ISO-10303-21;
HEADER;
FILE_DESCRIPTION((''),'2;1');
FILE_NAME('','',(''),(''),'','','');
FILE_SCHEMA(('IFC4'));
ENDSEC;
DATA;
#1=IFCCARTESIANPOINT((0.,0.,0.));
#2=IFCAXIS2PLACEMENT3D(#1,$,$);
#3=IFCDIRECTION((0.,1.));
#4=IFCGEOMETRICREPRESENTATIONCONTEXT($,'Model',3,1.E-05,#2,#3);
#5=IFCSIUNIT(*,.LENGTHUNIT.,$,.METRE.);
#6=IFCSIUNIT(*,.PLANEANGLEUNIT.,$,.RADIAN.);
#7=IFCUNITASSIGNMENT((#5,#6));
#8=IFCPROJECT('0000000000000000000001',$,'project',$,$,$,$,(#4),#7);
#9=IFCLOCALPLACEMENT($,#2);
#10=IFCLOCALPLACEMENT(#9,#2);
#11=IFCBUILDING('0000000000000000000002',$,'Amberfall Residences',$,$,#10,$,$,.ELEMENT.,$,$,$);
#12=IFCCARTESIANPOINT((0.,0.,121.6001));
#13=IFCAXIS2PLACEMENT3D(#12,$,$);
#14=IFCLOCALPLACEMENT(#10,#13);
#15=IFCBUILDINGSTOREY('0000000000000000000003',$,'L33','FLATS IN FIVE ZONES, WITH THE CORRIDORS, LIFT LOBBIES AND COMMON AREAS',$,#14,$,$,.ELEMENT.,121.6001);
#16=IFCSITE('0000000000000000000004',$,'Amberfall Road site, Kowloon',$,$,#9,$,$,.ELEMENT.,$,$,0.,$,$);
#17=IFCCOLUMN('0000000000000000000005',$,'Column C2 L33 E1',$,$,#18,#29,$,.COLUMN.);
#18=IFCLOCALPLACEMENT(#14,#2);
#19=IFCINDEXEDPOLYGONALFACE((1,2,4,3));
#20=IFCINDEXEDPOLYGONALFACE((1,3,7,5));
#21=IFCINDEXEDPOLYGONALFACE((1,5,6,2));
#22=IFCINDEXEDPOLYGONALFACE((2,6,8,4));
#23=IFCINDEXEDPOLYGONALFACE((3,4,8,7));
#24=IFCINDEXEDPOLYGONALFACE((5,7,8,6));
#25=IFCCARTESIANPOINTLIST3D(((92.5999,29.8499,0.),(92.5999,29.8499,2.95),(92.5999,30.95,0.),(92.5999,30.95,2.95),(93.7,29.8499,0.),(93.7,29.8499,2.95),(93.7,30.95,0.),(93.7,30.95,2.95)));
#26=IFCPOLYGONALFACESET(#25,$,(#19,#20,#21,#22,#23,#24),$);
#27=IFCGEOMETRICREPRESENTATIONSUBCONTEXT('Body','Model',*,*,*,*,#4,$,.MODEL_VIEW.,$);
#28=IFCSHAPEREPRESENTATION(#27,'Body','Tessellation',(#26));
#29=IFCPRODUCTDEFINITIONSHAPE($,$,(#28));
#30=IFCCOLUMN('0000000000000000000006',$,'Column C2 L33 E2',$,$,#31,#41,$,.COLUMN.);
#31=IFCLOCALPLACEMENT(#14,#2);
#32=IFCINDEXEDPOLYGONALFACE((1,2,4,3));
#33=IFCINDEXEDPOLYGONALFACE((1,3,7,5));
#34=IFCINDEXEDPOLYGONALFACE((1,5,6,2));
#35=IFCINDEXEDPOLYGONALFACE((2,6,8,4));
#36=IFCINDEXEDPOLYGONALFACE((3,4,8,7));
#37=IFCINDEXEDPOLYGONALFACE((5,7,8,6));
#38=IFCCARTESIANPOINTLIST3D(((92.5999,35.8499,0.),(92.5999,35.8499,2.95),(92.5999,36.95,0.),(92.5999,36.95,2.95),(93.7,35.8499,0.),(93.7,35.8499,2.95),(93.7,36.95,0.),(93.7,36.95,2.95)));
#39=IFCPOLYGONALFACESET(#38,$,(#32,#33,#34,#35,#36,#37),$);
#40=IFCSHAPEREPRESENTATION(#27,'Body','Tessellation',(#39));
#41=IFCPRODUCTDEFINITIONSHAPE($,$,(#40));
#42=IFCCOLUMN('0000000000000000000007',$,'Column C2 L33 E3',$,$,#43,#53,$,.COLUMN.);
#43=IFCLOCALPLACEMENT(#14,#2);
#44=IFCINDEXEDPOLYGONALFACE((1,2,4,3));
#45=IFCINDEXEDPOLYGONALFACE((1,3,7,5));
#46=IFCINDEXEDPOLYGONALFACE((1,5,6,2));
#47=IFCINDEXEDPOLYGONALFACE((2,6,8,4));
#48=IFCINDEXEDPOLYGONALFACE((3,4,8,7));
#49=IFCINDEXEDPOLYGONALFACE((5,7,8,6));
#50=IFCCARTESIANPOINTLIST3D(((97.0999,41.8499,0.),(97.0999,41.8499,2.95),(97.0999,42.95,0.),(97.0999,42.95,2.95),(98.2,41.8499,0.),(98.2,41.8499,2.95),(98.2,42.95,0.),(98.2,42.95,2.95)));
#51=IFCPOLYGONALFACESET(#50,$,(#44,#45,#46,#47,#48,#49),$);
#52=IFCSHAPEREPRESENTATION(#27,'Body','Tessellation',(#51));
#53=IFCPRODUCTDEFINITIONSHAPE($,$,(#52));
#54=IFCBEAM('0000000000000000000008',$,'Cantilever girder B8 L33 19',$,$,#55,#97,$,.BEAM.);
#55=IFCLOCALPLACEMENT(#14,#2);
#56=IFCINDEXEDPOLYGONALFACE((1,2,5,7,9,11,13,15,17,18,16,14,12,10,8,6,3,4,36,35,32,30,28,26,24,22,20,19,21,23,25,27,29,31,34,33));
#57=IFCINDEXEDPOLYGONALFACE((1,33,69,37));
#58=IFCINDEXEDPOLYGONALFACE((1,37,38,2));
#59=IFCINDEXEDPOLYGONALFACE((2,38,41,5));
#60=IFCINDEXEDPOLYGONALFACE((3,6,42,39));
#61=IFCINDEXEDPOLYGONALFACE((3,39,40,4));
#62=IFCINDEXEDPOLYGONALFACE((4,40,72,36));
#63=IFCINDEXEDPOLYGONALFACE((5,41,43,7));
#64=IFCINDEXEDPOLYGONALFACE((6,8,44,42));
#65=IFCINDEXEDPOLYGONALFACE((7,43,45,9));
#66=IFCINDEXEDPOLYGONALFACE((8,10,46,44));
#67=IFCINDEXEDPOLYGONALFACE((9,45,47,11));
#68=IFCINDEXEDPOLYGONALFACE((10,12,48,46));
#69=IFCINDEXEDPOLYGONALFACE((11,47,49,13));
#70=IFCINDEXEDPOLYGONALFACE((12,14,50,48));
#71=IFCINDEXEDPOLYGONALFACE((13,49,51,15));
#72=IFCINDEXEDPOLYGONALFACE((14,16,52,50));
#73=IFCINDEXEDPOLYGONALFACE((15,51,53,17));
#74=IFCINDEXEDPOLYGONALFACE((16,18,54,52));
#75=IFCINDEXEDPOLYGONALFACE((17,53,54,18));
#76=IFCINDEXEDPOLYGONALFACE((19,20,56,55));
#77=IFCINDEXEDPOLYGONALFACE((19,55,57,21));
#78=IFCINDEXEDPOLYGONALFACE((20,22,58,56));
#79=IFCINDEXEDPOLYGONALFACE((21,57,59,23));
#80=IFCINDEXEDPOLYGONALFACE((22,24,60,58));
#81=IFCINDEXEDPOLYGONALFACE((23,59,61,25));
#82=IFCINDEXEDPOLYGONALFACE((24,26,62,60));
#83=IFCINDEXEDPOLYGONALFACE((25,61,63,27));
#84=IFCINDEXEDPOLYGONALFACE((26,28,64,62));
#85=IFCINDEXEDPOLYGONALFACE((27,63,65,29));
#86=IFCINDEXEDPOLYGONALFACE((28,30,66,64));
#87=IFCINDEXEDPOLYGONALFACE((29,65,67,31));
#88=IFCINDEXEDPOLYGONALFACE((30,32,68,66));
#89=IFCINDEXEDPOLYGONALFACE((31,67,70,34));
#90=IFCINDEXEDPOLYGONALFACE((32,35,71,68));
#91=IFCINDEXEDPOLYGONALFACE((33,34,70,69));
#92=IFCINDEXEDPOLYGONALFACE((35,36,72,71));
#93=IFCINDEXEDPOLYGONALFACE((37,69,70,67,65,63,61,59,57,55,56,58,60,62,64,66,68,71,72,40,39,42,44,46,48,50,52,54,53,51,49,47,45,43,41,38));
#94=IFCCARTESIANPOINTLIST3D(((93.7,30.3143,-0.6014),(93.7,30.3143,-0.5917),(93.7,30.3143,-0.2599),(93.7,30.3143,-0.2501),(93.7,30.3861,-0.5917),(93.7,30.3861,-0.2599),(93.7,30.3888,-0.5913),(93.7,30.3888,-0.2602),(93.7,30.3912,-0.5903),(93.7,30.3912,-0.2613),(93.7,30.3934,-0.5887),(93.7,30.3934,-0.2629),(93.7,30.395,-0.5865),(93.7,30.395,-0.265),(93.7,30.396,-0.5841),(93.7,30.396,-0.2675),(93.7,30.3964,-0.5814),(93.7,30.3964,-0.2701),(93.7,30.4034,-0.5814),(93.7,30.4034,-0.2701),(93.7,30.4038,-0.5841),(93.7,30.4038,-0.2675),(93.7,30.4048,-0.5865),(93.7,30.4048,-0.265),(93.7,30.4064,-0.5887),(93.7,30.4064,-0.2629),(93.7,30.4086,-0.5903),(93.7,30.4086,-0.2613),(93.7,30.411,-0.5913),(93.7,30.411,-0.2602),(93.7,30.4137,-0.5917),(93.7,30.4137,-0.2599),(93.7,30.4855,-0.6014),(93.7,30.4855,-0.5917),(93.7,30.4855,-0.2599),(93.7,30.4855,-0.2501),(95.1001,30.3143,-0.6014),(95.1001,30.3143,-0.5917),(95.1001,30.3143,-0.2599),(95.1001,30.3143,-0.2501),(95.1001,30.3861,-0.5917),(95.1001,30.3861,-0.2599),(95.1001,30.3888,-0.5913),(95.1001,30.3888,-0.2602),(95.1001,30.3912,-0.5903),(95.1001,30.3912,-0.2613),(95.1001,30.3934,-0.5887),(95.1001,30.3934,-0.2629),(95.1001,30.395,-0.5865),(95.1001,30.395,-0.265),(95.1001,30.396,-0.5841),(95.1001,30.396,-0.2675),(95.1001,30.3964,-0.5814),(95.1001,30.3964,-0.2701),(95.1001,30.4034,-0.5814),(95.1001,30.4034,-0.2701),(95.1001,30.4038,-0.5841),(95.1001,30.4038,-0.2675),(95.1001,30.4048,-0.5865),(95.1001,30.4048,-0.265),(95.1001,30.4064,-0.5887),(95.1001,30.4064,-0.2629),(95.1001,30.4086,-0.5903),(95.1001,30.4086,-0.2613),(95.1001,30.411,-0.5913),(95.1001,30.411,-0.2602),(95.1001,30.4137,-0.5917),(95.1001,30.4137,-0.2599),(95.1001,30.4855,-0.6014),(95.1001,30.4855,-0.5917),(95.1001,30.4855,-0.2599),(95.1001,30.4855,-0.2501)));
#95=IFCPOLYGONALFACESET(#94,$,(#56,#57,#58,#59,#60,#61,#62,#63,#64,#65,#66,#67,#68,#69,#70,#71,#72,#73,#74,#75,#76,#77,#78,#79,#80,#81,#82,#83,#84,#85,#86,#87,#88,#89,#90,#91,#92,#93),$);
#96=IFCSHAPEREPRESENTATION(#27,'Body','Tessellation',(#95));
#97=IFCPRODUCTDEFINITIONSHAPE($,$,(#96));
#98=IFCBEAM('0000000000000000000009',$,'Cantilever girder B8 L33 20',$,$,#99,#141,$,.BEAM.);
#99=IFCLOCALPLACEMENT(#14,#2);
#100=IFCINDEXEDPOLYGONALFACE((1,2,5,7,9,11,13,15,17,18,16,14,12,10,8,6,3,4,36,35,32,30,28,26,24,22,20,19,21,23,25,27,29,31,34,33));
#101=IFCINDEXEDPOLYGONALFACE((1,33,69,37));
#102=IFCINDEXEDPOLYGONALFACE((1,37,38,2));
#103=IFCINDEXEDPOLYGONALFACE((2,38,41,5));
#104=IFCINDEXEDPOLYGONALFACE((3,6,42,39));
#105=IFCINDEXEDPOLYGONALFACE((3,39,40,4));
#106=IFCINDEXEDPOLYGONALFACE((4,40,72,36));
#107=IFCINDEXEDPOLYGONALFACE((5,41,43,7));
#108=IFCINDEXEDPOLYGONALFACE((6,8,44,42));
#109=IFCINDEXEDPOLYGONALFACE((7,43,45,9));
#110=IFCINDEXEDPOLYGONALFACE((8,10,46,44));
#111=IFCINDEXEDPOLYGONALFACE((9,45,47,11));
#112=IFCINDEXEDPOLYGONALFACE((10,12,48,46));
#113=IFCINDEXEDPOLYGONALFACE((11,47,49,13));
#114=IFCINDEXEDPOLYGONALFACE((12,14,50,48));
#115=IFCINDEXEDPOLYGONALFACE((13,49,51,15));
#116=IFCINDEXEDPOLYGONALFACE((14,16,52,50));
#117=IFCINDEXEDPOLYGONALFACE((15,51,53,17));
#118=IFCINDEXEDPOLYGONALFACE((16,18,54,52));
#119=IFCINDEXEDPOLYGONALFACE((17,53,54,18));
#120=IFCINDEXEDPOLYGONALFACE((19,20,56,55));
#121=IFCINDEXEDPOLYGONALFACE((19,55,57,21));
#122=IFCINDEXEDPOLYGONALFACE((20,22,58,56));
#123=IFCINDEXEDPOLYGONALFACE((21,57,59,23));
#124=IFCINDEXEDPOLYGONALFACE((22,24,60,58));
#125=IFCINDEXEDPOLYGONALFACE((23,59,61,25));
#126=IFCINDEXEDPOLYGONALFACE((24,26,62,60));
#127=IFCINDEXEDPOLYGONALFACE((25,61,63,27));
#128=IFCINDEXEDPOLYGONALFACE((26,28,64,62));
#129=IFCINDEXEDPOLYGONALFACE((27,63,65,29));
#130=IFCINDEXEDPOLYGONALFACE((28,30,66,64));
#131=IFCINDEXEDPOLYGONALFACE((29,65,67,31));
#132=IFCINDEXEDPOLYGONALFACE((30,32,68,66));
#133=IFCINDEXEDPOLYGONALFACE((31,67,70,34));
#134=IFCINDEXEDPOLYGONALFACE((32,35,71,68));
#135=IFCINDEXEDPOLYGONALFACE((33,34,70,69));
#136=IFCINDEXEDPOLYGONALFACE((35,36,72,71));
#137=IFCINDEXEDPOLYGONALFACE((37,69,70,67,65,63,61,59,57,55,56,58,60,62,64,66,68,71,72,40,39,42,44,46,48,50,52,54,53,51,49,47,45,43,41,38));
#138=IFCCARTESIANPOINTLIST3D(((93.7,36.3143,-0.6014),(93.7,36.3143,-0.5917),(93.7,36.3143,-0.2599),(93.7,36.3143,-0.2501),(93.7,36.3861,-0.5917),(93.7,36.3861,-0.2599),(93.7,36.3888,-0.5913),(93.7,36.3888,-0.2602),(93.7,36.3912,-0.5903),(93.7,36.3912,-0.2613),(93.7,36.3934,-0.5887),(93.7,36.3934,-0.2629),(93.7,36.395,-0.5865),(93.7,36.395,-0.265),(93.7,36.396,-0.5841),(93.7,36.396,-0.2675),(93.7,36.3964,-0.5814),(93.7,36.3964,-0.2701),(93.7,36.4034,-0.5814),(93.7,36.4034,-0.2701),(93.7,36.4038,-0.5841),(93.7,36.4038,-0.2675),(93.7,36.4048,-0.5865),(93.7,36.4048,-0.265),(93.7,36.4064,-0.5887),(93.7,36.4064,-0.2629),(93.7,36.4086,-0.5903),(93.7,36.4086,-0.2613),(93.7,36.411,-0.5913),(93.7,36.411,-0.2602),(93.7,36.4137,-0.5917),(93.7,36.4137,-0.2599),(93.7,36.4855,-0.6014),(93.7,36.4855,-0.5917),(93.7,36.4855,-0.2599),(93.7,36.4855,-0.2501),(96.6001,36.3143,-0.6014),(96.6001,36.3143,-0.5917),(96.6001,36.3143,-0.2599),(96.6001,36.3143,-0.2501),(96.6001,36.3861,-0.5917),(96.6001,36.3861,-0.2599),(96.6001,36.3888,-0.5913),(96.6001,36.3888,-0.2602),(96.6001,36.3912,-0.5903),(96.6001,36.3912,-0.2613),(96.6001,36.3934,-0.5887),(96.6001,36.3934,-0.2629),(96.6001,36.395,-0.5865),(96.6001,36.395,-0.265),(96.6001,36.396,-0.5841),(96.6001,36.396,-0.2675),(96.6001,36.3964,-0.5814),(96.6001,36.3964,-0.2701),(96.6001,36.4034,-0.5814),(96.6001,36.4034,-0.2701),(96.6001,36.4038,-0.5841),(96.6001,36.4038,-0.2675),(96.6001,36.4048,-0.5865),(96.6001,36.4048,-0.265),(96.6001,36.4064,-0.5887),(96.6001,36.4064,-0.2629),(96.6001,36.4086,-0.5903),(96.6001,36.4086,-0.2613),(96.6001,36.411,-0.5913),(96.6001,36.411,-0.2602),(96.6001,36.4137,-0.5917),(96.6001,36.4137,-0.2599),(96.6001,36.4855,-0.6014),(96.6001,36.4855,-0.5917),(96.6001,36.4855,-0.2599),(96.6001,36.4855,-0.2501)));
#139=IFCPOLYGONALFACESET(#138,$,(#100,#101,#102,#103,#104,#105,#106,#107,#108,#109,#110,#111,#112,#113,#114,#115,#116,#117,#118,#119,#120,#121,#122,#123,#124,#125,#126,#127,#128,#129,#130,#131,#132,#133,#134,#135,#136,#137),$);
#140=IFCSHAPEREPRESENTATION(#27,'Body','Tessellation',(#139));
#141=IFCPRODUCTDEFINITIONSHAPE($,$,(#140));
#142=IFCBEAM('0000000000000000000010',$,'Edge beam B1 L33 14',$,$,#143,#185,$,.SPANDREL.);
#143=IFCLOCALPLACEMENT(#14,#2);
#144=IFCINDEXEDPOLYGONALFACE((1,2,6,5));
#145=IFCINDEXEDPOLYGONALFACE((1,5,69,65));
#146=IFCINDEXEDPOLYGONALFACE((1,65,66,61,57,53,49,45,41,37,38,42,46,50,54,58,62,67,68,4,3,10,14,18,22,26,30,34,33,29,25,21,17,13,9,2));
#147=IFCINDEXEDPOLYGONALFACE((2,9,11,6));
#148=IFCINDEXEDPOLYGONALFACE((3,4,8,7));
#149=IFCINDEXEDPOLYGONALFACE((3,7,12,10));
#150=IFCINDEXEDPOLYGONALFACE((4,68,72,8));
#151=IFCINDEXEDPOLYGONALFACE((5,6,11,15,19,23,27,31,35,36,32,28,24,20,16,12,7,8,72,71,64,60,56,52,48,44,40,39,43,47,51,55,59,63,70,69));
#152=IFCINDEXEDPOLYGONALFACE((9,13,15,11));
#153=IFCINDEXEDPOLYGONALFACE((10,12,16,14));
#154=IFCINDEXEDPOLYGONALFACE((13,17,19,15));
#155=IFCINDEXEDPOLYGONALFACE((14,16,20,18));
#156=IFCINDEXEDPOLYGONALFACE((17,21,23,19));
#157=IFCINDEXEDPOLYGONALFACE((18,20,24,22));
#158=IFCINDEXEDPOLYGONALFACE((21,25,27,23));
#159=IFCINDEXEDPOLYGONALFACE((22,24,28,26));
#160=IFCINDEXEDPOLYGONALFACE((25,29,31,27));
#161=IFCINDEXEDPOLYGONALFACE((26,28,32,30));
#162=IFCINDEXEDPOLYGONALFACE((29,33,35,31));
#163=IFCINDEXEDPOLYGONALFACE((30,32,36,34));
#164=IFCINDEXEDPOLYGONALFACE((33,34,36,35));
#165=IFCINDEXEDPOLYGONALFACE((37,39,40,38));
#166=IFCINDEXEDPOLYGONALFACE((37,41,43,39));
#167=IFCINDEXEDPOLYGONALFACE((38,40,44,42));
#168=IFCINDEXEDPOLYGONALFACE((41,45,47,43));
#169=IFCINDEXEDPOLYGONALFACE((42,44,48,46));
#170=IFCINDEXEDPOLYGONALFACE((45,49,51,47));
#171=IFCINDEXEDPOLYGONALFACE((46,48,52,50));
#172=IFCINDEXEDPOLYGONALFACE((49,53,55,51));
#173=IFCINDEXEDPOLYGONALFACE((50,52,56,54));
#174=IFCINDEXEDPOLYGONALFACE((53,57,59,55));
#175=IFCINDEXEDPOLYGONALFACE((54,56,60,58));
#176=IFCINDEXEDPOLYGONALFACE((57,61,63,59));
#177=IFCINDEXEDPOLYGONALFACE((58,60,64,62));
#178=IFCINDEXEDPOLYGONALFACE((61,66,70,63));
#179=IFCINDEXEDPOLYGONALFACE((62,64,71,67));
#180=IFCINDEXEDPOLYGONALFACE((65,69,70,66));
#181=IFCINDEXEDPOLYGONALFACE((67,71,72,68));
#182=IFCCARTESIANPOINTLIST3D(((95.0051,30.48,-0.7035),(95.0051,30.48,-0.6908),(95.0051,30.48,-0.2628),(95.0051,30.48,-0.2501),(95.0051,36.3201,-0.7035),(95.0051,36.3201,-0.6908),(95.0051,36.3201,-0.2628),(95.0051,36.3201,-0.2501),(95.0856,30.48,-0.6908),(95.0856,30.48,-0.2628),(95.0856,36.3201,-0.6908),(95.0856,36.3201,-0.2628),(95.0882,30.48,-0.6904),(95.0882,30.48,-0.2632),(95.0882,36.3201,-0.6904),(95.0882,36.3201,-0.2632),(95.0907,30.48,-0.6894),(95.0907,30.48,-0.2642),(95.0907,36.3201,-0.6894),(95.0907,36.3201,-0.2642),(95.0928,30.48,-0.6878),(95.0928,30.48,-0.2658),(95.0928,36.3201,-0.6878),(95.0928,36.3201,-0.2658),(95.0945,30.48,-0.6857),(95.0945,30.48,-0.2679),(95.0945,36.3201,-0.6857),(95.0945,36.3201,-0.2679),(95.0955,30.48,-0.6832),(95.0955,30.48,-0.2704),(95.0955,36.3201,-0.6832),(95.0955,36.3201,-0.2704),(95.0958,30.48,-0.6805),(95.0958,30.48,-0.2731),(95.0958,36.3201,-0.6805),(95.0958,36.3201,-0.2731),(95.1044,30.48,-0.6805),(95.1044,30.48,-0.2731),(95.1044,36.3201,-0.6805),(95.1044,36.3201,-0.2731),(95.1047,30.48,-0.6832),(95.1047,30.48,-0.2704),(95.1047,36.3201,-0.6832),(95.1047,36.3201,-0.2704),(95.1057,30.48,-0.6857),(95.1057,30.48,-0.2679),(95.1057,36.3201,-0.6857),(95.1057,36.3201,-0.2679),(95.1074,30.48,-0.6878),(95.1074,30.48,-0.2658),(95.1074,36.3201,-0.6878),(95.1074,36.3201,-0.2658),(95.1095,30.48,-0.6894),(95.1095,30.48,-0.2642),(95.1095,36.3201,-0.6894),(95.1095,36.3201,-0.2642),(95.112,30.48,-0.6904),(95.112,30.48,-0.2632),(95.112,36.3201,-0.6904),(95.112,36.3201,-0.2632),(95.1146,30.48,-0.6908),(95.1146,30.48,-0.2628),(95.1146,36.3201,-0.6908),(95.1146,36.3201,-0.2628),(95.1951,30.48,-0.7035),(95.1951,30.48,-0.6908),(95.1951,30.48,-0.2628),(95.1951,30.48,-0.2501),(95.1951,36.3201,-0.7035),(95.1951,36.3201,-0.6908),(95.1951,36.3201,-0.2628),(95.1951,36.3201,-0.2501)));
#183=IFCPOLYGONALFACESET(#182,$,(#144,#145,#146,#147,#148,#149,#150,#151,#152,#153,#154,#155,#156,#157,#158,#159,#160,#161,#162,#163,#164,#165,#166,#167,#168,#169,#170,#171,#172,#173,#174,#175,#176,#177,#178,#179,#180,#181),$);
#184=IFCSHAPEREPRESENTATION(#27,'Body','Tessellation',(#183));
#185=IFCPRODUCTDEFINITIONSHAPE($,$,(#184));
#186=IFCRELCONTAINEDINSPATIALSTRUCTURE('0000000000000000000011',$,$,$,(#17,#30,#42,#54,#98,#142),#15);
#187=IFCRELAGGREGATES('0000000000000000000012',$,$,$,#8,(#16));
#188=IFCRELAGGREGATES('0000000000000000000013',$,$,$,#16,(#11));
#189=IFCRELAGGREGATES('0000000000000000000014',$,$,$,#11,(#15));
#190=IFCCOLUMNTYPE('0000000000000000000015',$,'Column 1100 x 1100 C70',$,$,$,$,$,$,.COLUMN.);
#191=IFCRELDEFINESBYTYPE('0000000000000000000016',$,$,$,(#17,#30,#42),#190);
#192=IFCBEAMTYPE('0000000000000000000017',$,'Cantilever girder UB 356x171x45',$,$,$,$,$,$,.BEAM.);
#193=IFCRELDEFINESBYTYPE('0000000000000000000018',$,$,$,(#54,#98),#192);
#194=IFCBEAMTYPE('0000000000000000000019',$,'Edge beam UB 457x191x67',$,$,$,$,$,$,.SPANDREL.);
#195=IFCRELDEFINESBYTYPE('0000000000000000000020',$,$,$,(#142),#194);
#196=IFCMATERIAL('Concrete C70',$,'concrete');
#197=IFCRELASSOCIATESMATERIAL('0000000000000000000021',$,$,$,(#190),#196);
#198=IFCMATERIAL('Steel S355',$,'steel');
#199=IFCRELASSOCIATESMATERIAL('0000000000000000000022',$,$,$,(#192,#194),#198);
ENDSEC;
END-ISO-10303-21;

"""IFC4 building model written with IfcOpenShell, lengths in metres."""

from ifc_helpers import new_model, si_unit, direction, frame, origin, origin_2d, place, context, subcontext, project, spatial, rectangle, i_section, extrude, material, material_profile, profile_set, type_object, element, save


model = new_model("IFC4")

# Units and contexts
model_context = context("Model", 3, precision=1e-05, world=origin(), true_north=direction((0.0, 1.0)))
body_context = subcontext(model_context, "Body", "Model", "MODEL_VIEW")
ifc_project = project(units=[si_unit("LENGTHUNIT", "METRE"), si_unit("PLANEANGLEUNIT", "RADIAN")], contexts=[model_context])

# Site, building, storey
site_placement = place(None, origin())
site = spatial("IfcSite", under=ifc_project, at=site_placement, Name="Amberfall Road site, Kowloon", CompositionType="ELEMENT", RefElevation=0.0)
building_placement = place(site_placement, origin())
building = spatial("IfcBuilding", under=site, at=building_placement, Name="Amberfall Residences", CompositionType="ELEMENT")
storey_placement = place(building_placement, frame((0.0, 0.0, 121.6001)))
storey = spatial("IfcBuildingStorey", under=building, at=storey_placement, Name="L33", Description="FLATS IN FIVE ZONES, WITH THE CORRIDORS, LIFT LOBBIES AND COMMON AREAS", CompositionType="ELEMENT", Elevation=121.6001)

# Columns
ifc_material_1 = material(Name="Concrete C70", Category="concrete")
ifc_material_profile_1 = material_profile(ifc_material_1, rectangle(XDim=1.1001, YDim=1.1001, at=origin_2d()), Name="Column 1100 x 1100 C70")
ifc_profile_set_1 = profile_set([ifc_material_profile_1], Name="Concrete C70")
column_type = type_object("IfcColumnType", Name="Column 1100 x 1100 C70", PredefinedType="COLUMN", material=ifc_profile_set_1)
for number, where, z_axis, x_axis, name in (
    (1, (93.1499, 30.3999, 0.0), (0.0, 0.0, 1.0), (1.0, 0.0, 0.0), "Column C2 L33 E1"),
    (2, (93.1499, 36.3999, 0.0), (0.0, 0.0, 1.0), (1.0, 0.0, 0.0), "Column C2 L33 E2"),
    (3, (97.6499, 42.3999, 0.0), (0.0, 0.0, 1.0), (1.0, 0.0, 0.0), "Column C2 L33 E3"),
):
    element("IfcColumn", number, at=place(storey_placement, frame(where, z_axis=z_axis, x_axis=x_axis)), inside=storey, type_object=column_type, Name=name, PredefinedType="COLUMN", context=body_context, shape_type="SweptSolid", body=[
        extrude(rectangle(XDim=1.1001, YDim=1.1001, at=origin_2d()), origin(), (0.0, 0.0, 1.0), 2.95),
    ])

# Beams
ifc_material_2 = material(Name="Steel S355", Category="steel")
ifc_material_profile_2 = material_profile(ifc_material_2, i_section(OverallWidth=0.1711, OverallDepth=0.3513, WebThickness=0.0071, FlangeThickness=0.0098, FilletRadius=0.0103, at=origin_2d()), Name="UB 356x171x45")
ifc_profile_set_2 = profile_set([ifc_material_profile_2], Name="Steel S355")
beam_type_1 = type_object("IfcBeamType", Name="Cantilever girder UB 356x171x45", PredefinedType="BEAM", material=ifc_profile_set_2)
beam_1_placement = place(storey_placement, frame((93.7, 30.3999, -0.4258), z_axis=(1.0, 0.0, 0.0), x_axis=(0.0, 1.0, 0.0)))
element("IfcBeam", 4, at=beam_1_placement, inside=storey, type_object=beam_type_1, Name="Cantilever girder B8 L33 19", PredefinedType="BEAM", context=body_context, shape_type="SweptSolid", body=[
    extrude(i_section(OverallWidth=0.1711, OverallDepth=0.3513, WebThickness=0.0071, FlangeThickness=0.0098, FilletRadius=0.0103, at=origin_2d()), origin(), (0.0, 0.0, 1.0), 1.4001),
])
beam_2_placement = place(storey_placement, frame((93.7, 36.3999, -0.4258), z_axis=(1.0, 0.0, 0.0), x_axis=(0.0, 1.0, 0.0)))
element("IfcBeam", 5, at=beam_2_placement, inside=storey, type_object=beam_type_1, Name="Cantilever girder B8 L33 20", PredefinedType="BEAM", context=body_context, shape_type="SweptSolid", body=[
    extrude(i_section(OverallWidth=0.1711, OverallDepth=0.3513, WebThickness=0.0071, FlangeThickness=0.0098, FilletRadius=0.0103, at=origin_2d()), origin(), (0.0, 0.0, 1.0), 2.9001),
])
ifc_material_profile_3 = material_profile(ifc_material_2, i_section(OverallWidth=0.1899, OverallDepth=0.4534, WebThickness=0.0085, FlangeThickness=0.0127, FilletRadius=0.0103, at=origin_2d()), Name="UB 457x191x67")
ifc_profile_set_3 = profile_set([ifc_material_profile_3], Name="Steel S355")
beam_type_2 = type_object("IfcBeamType", Name="Edge beam UB 457x191x67", PredefinedType="SPANDREL", material=ifc_profile_set_3)
for number, where, z_axis, x_axis, name in (
    (6, (95.1001, 30.48, -0.4768), (0.0, 1.0, 0.0), (-1.0, 0.0, 0.0), "Edge beam B1 L33 14"),
):
    element("IfcBeam", number, at=place(storey_placement, frame(where, z_axis=z_axis, x_axis=x_axis)), inside=storey, type_object=beam_type_2, Name=name, PredefinedType="SPANDREL", context=body_context, shape_type="SweptSolid", body=[
        extrude(i_section(OverallWidth=0.1899, OverallDepth=0.4534, WebThickness=0.0085, FlangeThickness=0.0127, FilletRadius=0.0103, at=origin_2d()), origin(), (0.0, 0.0, 1.0), 5.8401),
    ])

save(model, "model.ifc")
